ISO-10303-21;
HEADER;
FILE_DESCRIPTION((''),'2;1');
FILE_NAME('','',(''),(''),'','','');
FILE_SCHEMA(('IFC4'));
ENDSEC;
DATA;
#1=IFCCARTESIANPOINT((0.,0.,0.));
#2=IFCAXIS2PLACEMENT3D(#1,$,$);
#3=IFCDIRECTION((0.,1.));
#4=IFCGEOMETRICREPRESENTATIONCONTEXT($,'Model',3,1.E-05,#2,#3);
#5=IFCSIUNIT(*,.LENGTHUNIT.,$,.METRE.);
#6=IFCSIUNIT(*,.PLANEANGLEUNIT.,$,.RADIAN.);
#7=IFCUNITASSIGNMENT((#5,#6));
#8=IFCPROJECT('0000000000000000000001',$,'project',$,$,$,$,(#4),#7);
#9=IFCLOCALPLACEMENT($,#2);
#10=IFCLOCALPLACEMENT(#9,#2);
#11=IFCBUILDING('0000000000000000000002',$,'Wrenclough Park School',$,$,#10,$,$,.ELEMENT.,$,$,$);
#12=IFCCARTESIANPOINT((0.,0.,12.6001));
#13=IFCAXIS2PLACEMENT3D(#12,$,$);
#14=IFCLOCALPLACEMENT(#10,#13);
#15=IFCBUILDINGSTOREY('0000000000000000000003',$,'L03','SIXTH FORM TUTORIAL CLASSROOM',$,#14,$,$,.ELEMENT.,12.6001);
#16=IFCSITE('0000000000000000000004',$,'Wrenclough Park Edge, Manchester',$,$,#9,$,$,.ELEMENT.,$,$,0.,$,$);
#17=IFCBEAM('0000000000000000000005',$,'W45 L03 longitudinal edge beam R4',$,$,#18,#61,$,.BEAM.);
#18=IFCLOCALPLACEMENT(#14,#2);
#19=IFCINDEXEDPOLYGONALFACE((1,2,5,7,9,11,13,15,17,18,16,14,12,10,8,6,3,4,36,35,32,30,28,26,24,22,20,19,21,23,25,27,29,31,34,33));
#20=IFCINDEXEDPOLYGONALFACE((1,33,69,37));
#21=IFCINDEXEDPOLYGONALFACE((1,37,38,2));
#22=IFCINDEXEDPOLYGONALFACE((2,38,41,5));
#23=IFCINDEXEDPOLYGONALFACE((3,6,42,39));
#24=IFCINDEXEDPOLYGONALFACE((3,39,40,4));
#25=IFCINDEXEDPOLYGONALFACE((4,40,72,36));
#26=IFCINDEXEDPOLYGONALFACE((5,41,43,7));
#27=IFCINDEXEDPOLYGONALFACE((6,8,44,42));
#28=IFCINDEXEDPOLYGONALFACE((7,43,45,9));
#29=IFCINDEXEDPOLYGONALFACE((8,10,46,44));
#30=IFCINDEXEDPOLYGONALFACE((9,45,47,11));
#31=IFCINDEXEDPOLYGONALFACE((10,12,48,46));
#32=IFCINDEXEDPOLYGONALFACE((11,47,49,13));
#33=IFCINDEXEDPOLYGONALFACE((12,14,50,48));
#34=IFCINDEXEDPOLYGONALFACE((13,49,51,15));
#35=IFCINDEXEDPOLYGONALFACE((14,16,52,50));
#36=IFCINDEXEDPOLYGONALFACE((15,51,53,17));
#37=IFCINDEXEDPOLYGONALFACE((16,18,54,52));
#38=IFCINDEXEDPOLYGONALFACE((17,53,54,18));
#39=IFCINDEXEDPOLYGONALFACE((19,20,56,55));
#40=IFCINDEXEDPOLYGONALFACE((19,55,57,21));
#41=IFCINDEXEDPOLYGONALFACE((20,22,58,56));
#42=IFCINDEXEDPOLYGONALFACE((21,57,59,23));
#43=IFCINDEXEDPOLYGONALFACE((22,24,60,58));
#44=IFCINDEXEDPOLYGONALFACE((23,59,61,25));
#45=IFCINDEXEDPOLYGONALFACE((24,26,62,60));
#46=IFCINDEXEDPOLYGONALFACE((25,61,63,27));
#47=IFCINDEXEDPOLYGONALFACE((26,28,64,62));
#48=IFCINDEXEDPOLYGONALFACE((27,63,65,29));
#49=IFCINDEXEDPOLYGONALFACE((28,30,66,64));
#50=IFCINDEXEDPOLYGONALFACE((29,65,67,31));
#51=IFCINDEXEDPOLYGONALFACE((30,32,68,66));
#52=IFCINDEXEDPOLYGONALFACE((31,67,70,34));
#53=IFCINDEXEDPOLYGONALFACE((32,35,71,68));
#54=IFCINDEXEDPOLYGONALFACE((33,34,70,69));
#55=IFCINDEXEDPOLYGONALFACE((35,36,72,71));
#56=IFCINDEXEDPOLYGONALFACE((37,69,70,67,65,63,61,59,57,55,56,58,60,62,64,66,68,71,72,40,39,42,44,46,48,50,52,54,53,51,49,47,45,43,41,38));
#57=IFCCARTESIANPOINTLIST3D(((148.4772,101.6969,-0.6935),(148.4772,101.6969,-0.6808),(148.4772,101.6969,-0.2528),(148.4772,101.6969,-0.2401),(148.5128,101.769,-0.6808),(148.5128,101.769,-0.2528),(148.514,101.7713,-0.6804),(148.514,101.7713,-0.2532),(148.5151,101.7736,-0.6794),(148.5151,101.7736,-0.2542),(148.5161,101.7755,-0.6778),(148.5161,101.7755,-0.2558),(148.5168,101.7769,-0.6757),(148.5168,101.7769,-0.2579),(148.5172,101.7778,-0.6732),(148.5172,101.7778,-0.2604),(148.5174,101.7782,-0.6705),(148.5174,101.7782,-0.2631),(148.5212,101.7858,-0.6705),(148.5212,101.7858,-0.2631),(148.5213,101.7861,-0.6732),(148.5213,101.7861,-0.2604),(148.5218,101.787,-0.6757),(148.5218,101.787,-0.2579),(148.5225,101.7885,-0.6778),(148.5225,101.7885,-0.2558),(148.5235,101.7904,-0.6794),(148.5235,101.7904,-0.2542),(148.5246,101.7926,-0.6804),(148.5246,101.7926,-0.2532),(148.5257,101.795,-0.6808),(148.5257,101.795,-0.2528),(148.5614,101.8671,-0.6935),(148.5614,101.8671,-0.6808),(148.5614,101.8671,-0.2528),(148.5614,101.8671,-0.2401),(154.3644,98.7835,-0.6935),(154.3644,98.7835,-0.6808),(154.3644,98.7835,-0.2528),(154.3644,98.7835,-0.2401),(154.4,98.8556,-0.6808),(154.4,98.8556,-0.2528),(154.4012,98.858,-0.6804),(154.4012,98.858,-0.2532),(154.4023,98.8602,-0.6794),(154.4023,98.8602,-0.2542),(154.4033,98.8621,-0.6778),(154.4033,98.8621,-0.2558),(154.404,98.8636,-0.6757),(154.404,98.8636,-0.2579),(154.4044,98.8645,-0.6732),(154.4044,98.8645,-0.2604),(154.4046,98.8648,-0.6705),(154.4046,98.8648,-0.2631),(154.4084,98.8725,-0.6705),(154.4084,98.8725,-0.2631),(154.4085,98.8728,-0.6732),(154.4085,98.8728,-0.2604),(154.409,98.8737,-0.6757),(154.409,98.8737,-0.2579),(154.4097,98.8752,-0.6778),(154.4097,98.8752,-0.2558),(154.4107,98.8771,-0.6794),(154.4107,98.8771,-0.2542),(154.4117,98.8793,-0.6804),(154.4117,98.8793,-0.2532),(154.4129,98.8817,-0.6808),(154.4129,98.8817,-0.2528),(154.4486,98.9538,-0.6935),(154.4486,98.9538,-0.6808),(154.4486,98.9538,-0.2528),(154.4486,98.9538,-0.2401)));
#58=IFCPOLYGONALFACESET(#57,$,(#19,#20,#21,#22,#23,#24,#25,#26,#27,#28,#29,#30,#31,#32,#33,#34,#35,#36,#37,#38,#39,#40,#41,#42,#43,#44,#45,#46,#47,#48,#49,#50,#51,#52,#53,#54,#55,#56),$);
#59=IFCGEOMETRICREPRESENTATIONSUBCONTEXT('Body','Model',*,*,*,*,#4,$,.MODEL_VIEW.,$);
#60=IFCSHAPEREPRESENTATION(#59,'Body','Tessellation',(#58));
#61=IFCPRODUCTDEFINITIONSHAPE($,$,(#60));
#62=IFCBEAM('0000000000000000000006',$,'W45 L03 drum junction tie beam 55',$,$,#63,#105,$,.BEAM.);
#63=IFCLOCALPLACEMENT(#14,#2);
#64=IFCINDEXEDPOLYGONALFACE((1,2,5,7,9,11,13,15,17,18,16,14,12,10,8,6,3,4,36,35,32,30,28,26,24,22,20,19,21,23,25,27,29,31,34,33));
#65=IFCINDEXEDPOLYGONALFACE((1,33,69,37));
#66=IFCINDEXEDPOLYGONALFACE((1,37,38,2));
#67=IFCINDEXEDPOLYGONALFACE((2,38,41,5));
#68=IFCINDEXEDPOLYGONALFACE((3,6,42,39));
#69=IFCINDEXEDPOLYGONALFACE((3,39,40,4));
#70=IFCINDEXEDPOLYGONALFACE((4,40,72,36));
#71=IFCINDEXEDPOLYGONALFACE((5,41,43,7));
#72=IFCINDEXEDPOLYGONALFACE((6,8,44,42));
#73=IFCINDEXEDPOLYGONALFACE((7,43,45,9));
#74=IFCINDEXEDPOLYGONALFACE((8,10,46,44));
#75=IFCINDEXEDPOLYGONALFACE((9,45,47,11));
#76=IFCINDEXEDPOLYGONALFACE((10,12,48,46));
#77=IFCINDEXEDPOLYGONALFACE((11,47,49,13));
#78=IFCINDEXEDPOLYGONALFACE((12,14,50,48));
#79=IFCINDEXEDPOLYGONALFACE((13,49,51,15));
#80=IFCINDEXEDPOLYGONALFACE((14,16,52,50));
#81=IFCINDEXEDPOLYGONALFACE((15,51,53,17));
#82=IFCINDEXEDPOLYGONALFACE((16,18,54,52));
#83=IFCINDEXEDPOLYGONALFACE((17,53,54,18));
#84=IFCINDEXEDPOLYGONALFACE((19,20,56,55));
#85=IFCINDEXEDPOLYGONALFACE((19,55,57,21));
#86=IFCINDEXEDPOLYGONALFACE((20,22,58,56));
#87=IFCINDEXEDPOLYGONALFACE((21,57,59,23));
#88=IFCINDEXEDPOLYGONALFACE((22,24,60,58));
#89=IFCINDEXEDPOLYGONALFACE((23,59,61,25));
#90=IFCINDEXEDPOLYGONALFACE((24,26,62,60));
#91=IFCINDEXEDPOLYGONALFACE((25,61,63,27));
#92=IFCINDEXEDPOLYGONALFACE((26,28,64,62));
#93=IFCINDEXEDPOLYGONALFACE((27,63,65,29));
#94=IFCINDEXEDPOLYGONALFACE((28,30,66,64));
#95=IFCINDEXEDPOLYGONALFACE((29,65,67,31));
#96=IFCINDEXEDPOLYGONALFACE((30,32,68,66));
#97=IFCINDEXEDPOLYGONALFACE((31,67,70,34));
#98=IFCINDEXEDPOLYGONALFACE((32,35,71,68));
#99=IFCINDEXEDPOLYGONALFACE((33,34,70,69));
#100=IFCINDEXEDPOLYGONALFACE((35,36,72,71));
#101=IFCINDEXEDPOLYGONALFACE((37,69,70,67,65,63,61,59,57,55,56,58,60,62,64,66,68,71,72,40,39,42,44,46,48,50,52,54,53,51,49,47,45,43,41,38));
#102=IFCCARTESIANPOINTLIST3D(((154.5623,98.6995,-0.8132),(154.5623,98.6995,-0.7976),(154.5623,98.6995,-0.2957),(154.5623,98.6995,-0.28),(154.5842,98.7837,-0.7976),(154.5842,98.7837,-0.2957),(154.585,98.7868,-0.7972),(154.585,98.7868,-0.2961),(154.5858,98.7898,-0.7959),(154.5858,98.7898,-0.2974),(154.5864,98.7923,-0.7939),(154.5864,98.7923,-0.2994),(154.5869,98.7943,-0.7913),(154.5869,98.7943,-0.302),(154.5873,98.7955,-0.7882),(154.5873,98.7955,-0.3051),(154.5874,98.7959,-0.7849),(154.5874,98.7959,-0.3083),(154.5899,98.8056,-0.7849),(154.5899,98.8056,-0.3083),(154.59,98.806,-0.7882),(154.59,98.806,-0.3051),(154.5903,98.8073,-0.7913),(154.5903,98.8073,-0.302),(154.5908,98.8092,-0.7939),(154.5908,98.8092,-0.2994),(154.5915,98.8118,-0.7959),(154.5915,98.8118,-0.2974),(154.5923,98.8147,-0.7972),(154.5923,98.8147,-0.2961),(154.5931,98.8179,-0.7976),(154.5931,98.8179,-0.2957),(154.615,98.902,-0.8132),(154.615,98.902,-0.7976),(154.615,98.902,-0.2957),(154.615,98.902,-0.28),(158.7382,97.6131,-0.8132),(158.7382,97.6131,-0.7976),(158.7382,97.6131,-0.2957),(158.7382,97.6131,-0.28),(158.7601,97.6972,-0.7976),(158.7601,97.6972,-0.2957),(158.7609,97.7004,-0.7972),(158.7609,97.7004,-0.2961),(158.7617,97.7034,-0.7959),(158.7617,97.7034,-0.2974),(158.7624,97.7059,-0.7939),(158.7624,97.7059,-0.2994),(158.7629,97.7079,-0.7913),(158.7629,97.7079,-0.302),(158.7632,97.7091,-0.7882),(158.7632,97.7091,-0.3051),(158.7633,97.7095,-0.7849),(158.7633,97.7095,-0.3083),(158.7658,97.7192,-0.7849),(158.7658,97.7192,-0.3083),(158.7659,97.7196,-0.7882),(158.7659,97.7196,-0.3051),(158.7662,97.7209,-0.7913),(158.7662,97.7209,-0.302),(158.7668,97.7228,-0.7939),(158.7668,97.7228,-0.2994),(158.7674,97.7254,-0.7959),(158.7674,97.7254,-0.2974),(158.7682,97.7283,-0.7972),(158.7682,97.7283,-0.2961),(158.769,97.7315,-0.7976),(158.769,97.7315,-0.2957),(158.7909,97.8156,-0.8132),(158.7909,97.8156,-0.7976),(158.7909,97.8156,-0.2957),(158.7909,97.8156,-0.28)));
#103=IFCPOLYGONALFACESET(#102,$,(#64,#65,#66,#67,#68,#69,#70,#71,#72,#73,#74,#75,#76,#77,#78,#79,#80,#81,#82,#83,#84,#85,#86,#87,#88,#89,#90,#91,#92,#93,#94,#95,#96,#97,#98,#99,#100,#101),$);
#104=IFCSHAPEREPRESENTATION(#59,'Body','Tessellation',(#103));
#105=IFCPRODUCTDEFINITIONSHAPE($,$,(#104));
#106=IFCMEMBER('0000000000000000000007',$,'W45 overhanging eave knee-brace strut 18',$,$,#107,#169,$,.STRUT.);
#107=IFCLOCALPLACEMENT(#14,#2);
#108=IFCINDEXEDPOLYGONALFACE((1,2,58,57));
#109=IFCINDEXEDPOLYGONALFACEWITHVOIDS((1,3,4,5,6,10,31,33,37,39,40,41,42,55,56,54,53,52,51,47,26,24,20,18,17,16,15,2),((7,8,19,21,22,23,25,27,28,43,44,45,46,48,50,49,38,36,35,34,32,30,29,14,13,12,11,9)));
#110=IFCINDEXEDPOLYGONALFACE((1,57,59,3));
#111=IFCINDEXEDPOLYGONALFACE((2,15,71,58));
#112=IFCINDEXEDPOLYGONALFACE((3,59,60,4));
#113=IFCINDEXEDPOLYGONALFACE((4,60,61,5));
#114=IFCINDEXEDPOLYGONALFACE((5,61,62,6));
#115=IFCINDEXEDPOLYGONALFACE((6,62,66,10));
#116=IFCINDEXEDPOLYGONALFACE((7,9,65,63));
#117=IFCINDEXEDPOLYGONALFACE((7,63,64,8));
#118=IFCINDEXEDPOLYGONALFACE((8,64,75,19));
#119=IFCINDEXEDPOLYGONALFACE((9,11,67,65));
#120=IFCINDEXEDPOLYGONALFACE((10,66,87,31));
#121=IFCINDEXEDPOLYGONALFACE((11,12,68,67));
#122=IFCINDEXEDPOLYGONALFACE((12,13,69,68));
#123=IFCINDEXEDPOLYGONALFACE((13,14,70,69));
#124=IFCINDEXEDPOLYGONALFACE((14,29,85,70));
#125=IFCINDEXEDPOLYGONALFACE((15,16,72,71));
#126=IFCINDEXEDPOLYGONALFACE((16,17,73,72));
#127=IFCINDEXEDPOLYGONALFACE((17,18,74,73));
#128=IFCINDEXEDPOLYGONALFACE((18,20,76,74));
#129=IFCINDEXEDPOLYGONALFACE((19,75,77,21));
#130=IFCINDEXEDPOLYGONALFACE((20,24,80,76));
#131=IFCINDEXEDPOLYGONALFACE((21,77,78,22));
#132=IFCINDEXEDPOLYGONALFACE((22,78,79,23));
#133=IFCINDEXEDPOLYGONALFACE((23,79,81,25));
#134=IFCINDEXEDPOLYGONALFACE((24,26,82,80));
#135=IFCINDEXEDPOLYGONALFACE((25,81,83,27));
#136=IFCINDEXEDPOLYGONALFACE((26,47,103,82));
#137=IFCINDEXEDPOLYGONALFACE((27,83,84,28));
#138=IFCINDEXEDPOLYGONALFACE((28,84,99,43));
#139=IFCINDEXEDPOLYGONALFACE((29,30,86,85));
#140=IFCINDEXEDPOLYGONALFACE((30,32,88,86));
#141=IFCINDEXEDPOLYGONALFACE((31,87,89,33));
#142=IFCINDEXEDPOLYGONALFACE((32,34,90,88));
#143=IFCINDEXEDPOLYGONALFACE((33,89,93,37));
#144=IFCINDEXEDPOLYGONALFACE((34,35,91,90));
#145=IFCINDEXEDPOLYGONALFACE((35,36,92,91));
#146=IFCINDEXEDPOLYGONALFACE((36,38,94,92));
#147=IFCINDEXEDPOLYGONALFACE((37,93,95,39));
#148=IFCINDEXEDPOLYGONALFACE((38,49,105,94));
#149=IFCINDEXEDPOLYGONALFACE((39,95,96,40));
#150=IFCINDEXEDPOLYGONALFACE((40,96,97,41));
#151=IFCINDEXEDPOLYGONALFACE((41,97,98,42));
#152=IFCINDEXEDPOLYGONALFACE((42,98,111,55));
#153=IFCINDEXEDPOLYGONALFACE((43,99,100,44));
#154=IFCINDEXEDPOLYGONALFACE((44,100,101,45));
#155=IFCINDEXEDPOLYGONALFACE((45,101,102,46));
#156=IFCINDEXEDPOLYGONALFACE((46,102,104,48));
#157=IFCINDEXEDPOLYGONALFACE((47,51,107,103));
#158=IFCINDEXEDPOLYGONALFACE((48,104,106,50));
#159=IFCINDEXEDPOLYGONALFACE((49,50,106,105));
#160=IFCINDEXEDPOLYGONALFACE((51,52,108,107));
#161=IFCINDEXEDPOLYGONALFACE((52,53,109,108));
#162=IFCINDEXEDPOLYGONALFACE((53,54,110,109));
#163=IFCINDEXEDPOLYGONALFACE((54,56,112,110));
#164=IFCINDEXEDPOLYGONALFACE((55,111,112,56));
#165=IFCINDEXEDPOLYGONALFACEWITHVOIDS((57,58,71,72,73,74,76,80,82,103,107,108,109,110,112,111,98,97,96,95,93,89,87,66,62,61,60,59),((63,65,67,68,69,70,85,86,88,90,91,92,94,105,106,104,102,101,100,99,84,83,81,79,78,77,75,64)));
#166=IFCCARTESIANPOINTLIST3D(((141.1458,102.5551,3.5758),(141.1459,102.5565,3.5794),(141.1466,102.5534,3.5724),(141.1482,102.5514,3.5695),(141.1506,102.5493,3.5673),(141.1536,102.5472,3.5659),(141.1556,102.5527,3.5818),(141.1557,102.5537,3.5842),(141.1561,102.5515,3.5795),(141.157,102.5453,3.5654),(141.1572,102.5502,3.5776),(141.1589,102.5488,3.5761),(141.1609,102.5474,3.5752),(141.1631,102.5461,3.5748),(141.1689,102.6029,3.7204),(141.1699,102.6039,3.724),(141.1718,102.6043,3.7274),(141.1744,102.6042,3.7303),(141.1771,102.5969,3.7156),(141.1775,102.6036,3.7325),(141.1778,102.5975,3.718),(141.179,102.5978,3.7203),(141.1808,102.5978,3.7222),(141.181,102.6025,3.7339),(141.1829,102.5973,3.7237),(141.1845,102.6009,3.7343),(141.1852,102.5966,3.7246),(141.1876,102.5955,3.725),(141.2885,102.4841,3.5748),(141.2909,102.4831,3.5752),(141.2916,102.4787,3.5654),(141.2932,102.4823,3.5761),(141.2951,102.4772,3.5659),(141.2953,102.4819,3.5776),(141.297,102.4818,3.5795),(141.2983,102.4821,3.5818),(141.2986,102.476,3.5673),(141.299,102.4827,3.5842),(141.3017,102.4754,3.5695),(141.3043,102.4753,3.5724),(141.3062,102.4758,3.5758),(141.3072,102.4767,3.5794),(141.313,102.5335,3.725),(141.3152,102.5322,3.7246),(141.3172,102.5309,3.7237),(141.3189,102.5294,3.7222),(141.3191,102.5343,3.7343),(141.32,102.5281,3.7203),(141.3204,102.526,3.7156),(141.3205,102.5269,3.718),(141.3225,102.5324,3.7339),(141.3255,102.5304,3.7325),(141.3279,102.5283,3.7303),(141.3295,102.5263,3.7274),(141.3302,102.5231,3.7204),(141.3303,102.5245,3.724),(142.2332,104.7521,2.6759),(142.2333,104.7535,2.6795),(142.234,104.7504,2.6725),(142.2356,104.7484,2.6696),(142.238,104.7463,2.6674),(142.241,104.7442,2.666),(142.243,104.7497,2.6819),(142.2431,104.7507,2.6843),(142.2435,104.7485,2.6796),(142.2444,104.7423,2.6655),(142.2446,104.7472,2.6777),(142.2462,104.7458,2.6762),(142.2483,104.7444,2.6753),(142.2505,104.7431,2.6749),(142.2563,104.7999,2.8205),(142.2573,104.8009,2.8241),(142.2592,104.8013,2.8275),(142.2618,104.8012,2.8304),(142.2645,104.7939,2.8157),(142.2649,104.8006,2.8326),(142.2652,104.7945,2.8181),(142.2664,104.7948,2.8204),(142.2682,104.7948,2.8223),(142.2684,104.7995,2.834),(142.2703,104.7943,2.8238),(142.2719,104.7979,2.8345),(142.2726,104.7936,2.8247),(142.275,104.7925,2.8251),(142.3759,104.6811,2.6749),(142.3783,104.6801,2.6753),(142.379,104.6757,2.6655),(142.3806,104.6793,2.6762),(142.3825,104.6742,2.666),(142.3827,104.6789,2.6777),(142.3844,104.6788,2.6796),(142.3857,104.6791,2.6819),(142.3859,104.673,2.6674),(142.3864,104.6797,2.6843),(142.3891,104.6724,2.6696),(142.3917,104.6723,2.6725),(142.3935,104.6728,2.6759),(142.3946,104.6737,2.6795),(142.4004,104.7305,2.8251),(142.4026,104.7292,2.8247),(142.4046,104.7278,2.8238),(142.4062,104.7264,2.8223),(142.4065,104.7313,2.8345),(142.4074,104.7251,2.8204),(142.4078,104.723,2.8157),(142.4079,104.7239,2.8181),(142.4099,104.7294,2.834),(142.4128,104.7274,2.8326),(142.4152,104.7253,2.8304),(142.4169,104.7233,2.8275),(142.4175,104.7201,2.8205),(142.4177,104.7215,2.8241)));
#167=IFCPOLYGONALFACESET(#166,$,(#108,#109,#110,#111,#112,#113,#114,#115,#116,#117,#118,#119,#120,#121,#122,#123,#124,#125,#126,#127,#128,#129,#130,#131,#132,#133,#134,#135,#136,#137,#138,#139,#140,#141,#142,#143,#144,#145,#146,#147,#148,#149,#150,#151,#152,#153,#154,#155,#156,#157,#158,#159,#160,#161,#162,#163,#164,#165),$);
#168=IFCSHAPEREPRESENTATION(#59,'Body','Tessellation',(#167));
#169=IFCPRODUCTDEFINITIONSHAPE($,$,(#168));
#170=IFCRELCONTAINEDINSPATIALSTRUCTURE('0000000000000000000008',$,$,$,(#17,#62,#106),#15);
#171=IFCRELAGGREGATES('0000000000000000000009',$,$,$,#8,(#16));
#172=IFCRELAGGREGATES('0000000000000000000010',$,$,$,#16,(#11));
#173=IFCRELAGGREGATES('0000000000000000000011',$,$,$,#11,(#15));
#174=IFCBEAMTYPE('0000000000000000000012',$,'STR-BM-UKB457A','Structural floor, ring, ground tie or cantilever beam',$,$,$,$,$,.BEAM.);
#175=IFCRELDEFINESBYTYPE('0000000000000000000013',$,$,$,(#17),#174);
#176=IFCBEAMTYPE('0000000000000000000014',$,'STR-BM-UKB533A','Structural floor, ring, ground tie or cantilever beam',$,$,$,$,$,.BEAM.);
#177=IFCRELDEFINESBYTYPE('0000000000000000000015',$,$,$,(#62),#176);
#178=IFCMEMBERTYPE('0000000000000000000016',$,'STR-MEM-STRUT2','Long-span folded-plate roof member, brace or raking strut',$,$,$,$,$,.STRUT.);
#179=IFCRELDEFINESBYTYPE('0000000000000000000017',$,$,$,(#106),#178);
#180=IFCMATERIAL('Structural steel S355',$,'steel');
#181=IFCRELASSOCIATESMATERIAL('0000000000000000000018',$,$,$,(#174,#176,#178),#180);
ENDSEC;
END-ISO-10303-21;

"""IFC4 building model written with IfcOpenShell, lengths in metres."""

from ifc_helpers import new_model, si_unit, direction, frame, origin, origin_2d, place, context, subcontext, project, spatial, hollow_rectangle, i_section, extrude, material, material_profile, profile_set, type_object, element, save


model = new_model("IFC4")

# Units and contexts
model_context = context("Model", 3, precision=1e-05, world=origin(), true_north=direction((0.0, 1.0)))
body_context = subcontext(model_context, "Body", "Model", "MODEL_VIEW")
ifc_project = project(units=[si_unit("LENGTHUNIT", "METRE"), si_unit("PLANEANGLEUNIT", "RADIAN")], contexts=[model_context])

# Site, building, storey
site_placement = place(None, origin())
site = spatial("IfcSite", under=ifc_project, at=site_placement, Name="Wrenclough Park Edge, Manchester", CompositionType="ELEMENT", RefElevation=0.0)
building_placement = place(site_placement, origin())
building = spatial("IfcBuilding", under=site, at=building_placement, Name="Wrenclough Park School", CompositionType="ELEMENT")
storey_placement = place(building_placement, frame((0.0, 0.0, 12.6001)))
storey = spatial("IfcBuildingStorey", under=building, at=storey_placement, Name="L03", Description="SIXTH FORM TUTORIAL CLASSROOM", CompositionType="ELEMENT", Elevation=12.6001)

# Shared definitions
ifc_material_1 = material(Name="Structural steel S355", Category="steel")

# Beams
ifc_material_profile_1 = material_profile(ifc_material_1, i_section(OverallWidth=0.1899, OverallDepth=0.4534, WebThickness=0.0085, FlangeThickness=0.0127, FilletRadius=0.0103, at=origin_2d()), Name="UKB 457x191x67")
ifc_profile_set_1 = profile_set([ifc_material_profile_1], Name="Structural steel S355")
beam_type_1 = type_object("IfcBeamType", Name="STR-BM-UKB457A", Description="Structural floor, ring, ground tie or cantilever beam", PredefinedType="BEAM", material=ifc_profile_set_1)
beam_1_placement = place(storey_placement, frame((148.5193, 101.782, -0.4668), z_axis=(0.896263, -0.443523, 0.0), x_axis=(0.443523, 0.896263, 0.0)))
element("IfcBeam", 1, at=beam_1_placement, inside=storey, type_object=beam_type_1, Name="W45 L03 longitudinal edge beam R4", PredefinedType="BEAM", context=body_context, shape_type="SweptSolid", body=[
    extrude(i_section(OverallWidth=0.1899, OverallDepth=0.4534, WebThickness=0.0085, FlangeThickness=0.0127, FilletRadius=0.0103, at=origin_2d()), origin(), (0.0, 0.0, 1.0), 6.5686),
])
ifc_material_profile_2 = material_profile(ifc_material_1, i_section(OverallWidth=0.2092, OverallDepth=0.5332, WebThickness=0.01, FlangeThickness=0.0156, FilletRadius=0.0127, at=origin_2d()), Name="UKB 533x210x92")
ifc_profile_set_2 = profile_set([ifc_material_profile_2], Name="Structural steel S355")
beam_type_2 = type_object("IfcBeamType", Name="STR-BM-UKB533A", Description="Structural floor, ring, ground tie or cantilever beam", PredefinedType="BEAM", material=ifc_profile_set_2)
beam_2_placement = place(storey_placement, frame((154.5886, 98.8008, -0.5466), z_axis=(0.967785, -0.251777, 0.0), x_axis=(0.251777, 0.967785, 0.0)))
element("IfcBeam", 2, at=beam_2_placement, inside=storey, type_object=beam_type_2, Name="W45 L03 drum junction tie beam 55", PredefinedType="BEAM", context=body_context, shape_type="SweptSolid", body=[
    extrude(i_section(OverallWidth=0.2092, OverallDepth=0.5332, WebThickness=0.01, FlangeThickness=0.0156, FilletRadius=0.0127, at=origin_2d()), origin(), (0.0, 0.0, 1.0), 4.3149),
])

# Member
ifc_material_profile_3 = material_profile(ifc_material_1, hollow_rectangle(XDim=0.1799, YDim=0.1799, WallThickness=0.01, InnerFilletRadius=0.01, OuterFilletRadius=0.0149, at=origin_2d()), Name="SHS 180x180x10.0")
ifc_profile_set_3 = profile_set([ifc_material_profile_3], Name="Structural steel S355")
member_type = type_object("IfcMemberType", Name="STR-MEM-STRUT2", Description="Long-span folded-plate roof member, brace or raking strut", PredefinedType="STRUT", material=ifc_profile_set_3)
for number, where, z_axis, x_axis, name in (
    (3, (142.3254, 104.7368, 2.75), (-0.416413, -0.841334, 0.344611), (0.896232, -0.443585, 0.0), "W45 overhanging eave knee-brace strut 18"),
):
    element("IfcMember", number, at=place(storey_placement, frame(where, z_axis=z_axis, x_axis=x_axis)), inside=storey, type_object=member_type, Name=name, PredefinedType="STRUT", context=body_context, shape_type="SweptSolid", body=[
        extrude(hollow_rectangle(XDim=0.1799, YDim=0.1799, WallThickness=0.01, InnerFilletRadius=0.01, OuterFilletRadius=0.0149, at=origin_2d()), origin(), (0.0, 0.0, 1.0), 2.6113),
    ])

save(model, "model.ifc")
